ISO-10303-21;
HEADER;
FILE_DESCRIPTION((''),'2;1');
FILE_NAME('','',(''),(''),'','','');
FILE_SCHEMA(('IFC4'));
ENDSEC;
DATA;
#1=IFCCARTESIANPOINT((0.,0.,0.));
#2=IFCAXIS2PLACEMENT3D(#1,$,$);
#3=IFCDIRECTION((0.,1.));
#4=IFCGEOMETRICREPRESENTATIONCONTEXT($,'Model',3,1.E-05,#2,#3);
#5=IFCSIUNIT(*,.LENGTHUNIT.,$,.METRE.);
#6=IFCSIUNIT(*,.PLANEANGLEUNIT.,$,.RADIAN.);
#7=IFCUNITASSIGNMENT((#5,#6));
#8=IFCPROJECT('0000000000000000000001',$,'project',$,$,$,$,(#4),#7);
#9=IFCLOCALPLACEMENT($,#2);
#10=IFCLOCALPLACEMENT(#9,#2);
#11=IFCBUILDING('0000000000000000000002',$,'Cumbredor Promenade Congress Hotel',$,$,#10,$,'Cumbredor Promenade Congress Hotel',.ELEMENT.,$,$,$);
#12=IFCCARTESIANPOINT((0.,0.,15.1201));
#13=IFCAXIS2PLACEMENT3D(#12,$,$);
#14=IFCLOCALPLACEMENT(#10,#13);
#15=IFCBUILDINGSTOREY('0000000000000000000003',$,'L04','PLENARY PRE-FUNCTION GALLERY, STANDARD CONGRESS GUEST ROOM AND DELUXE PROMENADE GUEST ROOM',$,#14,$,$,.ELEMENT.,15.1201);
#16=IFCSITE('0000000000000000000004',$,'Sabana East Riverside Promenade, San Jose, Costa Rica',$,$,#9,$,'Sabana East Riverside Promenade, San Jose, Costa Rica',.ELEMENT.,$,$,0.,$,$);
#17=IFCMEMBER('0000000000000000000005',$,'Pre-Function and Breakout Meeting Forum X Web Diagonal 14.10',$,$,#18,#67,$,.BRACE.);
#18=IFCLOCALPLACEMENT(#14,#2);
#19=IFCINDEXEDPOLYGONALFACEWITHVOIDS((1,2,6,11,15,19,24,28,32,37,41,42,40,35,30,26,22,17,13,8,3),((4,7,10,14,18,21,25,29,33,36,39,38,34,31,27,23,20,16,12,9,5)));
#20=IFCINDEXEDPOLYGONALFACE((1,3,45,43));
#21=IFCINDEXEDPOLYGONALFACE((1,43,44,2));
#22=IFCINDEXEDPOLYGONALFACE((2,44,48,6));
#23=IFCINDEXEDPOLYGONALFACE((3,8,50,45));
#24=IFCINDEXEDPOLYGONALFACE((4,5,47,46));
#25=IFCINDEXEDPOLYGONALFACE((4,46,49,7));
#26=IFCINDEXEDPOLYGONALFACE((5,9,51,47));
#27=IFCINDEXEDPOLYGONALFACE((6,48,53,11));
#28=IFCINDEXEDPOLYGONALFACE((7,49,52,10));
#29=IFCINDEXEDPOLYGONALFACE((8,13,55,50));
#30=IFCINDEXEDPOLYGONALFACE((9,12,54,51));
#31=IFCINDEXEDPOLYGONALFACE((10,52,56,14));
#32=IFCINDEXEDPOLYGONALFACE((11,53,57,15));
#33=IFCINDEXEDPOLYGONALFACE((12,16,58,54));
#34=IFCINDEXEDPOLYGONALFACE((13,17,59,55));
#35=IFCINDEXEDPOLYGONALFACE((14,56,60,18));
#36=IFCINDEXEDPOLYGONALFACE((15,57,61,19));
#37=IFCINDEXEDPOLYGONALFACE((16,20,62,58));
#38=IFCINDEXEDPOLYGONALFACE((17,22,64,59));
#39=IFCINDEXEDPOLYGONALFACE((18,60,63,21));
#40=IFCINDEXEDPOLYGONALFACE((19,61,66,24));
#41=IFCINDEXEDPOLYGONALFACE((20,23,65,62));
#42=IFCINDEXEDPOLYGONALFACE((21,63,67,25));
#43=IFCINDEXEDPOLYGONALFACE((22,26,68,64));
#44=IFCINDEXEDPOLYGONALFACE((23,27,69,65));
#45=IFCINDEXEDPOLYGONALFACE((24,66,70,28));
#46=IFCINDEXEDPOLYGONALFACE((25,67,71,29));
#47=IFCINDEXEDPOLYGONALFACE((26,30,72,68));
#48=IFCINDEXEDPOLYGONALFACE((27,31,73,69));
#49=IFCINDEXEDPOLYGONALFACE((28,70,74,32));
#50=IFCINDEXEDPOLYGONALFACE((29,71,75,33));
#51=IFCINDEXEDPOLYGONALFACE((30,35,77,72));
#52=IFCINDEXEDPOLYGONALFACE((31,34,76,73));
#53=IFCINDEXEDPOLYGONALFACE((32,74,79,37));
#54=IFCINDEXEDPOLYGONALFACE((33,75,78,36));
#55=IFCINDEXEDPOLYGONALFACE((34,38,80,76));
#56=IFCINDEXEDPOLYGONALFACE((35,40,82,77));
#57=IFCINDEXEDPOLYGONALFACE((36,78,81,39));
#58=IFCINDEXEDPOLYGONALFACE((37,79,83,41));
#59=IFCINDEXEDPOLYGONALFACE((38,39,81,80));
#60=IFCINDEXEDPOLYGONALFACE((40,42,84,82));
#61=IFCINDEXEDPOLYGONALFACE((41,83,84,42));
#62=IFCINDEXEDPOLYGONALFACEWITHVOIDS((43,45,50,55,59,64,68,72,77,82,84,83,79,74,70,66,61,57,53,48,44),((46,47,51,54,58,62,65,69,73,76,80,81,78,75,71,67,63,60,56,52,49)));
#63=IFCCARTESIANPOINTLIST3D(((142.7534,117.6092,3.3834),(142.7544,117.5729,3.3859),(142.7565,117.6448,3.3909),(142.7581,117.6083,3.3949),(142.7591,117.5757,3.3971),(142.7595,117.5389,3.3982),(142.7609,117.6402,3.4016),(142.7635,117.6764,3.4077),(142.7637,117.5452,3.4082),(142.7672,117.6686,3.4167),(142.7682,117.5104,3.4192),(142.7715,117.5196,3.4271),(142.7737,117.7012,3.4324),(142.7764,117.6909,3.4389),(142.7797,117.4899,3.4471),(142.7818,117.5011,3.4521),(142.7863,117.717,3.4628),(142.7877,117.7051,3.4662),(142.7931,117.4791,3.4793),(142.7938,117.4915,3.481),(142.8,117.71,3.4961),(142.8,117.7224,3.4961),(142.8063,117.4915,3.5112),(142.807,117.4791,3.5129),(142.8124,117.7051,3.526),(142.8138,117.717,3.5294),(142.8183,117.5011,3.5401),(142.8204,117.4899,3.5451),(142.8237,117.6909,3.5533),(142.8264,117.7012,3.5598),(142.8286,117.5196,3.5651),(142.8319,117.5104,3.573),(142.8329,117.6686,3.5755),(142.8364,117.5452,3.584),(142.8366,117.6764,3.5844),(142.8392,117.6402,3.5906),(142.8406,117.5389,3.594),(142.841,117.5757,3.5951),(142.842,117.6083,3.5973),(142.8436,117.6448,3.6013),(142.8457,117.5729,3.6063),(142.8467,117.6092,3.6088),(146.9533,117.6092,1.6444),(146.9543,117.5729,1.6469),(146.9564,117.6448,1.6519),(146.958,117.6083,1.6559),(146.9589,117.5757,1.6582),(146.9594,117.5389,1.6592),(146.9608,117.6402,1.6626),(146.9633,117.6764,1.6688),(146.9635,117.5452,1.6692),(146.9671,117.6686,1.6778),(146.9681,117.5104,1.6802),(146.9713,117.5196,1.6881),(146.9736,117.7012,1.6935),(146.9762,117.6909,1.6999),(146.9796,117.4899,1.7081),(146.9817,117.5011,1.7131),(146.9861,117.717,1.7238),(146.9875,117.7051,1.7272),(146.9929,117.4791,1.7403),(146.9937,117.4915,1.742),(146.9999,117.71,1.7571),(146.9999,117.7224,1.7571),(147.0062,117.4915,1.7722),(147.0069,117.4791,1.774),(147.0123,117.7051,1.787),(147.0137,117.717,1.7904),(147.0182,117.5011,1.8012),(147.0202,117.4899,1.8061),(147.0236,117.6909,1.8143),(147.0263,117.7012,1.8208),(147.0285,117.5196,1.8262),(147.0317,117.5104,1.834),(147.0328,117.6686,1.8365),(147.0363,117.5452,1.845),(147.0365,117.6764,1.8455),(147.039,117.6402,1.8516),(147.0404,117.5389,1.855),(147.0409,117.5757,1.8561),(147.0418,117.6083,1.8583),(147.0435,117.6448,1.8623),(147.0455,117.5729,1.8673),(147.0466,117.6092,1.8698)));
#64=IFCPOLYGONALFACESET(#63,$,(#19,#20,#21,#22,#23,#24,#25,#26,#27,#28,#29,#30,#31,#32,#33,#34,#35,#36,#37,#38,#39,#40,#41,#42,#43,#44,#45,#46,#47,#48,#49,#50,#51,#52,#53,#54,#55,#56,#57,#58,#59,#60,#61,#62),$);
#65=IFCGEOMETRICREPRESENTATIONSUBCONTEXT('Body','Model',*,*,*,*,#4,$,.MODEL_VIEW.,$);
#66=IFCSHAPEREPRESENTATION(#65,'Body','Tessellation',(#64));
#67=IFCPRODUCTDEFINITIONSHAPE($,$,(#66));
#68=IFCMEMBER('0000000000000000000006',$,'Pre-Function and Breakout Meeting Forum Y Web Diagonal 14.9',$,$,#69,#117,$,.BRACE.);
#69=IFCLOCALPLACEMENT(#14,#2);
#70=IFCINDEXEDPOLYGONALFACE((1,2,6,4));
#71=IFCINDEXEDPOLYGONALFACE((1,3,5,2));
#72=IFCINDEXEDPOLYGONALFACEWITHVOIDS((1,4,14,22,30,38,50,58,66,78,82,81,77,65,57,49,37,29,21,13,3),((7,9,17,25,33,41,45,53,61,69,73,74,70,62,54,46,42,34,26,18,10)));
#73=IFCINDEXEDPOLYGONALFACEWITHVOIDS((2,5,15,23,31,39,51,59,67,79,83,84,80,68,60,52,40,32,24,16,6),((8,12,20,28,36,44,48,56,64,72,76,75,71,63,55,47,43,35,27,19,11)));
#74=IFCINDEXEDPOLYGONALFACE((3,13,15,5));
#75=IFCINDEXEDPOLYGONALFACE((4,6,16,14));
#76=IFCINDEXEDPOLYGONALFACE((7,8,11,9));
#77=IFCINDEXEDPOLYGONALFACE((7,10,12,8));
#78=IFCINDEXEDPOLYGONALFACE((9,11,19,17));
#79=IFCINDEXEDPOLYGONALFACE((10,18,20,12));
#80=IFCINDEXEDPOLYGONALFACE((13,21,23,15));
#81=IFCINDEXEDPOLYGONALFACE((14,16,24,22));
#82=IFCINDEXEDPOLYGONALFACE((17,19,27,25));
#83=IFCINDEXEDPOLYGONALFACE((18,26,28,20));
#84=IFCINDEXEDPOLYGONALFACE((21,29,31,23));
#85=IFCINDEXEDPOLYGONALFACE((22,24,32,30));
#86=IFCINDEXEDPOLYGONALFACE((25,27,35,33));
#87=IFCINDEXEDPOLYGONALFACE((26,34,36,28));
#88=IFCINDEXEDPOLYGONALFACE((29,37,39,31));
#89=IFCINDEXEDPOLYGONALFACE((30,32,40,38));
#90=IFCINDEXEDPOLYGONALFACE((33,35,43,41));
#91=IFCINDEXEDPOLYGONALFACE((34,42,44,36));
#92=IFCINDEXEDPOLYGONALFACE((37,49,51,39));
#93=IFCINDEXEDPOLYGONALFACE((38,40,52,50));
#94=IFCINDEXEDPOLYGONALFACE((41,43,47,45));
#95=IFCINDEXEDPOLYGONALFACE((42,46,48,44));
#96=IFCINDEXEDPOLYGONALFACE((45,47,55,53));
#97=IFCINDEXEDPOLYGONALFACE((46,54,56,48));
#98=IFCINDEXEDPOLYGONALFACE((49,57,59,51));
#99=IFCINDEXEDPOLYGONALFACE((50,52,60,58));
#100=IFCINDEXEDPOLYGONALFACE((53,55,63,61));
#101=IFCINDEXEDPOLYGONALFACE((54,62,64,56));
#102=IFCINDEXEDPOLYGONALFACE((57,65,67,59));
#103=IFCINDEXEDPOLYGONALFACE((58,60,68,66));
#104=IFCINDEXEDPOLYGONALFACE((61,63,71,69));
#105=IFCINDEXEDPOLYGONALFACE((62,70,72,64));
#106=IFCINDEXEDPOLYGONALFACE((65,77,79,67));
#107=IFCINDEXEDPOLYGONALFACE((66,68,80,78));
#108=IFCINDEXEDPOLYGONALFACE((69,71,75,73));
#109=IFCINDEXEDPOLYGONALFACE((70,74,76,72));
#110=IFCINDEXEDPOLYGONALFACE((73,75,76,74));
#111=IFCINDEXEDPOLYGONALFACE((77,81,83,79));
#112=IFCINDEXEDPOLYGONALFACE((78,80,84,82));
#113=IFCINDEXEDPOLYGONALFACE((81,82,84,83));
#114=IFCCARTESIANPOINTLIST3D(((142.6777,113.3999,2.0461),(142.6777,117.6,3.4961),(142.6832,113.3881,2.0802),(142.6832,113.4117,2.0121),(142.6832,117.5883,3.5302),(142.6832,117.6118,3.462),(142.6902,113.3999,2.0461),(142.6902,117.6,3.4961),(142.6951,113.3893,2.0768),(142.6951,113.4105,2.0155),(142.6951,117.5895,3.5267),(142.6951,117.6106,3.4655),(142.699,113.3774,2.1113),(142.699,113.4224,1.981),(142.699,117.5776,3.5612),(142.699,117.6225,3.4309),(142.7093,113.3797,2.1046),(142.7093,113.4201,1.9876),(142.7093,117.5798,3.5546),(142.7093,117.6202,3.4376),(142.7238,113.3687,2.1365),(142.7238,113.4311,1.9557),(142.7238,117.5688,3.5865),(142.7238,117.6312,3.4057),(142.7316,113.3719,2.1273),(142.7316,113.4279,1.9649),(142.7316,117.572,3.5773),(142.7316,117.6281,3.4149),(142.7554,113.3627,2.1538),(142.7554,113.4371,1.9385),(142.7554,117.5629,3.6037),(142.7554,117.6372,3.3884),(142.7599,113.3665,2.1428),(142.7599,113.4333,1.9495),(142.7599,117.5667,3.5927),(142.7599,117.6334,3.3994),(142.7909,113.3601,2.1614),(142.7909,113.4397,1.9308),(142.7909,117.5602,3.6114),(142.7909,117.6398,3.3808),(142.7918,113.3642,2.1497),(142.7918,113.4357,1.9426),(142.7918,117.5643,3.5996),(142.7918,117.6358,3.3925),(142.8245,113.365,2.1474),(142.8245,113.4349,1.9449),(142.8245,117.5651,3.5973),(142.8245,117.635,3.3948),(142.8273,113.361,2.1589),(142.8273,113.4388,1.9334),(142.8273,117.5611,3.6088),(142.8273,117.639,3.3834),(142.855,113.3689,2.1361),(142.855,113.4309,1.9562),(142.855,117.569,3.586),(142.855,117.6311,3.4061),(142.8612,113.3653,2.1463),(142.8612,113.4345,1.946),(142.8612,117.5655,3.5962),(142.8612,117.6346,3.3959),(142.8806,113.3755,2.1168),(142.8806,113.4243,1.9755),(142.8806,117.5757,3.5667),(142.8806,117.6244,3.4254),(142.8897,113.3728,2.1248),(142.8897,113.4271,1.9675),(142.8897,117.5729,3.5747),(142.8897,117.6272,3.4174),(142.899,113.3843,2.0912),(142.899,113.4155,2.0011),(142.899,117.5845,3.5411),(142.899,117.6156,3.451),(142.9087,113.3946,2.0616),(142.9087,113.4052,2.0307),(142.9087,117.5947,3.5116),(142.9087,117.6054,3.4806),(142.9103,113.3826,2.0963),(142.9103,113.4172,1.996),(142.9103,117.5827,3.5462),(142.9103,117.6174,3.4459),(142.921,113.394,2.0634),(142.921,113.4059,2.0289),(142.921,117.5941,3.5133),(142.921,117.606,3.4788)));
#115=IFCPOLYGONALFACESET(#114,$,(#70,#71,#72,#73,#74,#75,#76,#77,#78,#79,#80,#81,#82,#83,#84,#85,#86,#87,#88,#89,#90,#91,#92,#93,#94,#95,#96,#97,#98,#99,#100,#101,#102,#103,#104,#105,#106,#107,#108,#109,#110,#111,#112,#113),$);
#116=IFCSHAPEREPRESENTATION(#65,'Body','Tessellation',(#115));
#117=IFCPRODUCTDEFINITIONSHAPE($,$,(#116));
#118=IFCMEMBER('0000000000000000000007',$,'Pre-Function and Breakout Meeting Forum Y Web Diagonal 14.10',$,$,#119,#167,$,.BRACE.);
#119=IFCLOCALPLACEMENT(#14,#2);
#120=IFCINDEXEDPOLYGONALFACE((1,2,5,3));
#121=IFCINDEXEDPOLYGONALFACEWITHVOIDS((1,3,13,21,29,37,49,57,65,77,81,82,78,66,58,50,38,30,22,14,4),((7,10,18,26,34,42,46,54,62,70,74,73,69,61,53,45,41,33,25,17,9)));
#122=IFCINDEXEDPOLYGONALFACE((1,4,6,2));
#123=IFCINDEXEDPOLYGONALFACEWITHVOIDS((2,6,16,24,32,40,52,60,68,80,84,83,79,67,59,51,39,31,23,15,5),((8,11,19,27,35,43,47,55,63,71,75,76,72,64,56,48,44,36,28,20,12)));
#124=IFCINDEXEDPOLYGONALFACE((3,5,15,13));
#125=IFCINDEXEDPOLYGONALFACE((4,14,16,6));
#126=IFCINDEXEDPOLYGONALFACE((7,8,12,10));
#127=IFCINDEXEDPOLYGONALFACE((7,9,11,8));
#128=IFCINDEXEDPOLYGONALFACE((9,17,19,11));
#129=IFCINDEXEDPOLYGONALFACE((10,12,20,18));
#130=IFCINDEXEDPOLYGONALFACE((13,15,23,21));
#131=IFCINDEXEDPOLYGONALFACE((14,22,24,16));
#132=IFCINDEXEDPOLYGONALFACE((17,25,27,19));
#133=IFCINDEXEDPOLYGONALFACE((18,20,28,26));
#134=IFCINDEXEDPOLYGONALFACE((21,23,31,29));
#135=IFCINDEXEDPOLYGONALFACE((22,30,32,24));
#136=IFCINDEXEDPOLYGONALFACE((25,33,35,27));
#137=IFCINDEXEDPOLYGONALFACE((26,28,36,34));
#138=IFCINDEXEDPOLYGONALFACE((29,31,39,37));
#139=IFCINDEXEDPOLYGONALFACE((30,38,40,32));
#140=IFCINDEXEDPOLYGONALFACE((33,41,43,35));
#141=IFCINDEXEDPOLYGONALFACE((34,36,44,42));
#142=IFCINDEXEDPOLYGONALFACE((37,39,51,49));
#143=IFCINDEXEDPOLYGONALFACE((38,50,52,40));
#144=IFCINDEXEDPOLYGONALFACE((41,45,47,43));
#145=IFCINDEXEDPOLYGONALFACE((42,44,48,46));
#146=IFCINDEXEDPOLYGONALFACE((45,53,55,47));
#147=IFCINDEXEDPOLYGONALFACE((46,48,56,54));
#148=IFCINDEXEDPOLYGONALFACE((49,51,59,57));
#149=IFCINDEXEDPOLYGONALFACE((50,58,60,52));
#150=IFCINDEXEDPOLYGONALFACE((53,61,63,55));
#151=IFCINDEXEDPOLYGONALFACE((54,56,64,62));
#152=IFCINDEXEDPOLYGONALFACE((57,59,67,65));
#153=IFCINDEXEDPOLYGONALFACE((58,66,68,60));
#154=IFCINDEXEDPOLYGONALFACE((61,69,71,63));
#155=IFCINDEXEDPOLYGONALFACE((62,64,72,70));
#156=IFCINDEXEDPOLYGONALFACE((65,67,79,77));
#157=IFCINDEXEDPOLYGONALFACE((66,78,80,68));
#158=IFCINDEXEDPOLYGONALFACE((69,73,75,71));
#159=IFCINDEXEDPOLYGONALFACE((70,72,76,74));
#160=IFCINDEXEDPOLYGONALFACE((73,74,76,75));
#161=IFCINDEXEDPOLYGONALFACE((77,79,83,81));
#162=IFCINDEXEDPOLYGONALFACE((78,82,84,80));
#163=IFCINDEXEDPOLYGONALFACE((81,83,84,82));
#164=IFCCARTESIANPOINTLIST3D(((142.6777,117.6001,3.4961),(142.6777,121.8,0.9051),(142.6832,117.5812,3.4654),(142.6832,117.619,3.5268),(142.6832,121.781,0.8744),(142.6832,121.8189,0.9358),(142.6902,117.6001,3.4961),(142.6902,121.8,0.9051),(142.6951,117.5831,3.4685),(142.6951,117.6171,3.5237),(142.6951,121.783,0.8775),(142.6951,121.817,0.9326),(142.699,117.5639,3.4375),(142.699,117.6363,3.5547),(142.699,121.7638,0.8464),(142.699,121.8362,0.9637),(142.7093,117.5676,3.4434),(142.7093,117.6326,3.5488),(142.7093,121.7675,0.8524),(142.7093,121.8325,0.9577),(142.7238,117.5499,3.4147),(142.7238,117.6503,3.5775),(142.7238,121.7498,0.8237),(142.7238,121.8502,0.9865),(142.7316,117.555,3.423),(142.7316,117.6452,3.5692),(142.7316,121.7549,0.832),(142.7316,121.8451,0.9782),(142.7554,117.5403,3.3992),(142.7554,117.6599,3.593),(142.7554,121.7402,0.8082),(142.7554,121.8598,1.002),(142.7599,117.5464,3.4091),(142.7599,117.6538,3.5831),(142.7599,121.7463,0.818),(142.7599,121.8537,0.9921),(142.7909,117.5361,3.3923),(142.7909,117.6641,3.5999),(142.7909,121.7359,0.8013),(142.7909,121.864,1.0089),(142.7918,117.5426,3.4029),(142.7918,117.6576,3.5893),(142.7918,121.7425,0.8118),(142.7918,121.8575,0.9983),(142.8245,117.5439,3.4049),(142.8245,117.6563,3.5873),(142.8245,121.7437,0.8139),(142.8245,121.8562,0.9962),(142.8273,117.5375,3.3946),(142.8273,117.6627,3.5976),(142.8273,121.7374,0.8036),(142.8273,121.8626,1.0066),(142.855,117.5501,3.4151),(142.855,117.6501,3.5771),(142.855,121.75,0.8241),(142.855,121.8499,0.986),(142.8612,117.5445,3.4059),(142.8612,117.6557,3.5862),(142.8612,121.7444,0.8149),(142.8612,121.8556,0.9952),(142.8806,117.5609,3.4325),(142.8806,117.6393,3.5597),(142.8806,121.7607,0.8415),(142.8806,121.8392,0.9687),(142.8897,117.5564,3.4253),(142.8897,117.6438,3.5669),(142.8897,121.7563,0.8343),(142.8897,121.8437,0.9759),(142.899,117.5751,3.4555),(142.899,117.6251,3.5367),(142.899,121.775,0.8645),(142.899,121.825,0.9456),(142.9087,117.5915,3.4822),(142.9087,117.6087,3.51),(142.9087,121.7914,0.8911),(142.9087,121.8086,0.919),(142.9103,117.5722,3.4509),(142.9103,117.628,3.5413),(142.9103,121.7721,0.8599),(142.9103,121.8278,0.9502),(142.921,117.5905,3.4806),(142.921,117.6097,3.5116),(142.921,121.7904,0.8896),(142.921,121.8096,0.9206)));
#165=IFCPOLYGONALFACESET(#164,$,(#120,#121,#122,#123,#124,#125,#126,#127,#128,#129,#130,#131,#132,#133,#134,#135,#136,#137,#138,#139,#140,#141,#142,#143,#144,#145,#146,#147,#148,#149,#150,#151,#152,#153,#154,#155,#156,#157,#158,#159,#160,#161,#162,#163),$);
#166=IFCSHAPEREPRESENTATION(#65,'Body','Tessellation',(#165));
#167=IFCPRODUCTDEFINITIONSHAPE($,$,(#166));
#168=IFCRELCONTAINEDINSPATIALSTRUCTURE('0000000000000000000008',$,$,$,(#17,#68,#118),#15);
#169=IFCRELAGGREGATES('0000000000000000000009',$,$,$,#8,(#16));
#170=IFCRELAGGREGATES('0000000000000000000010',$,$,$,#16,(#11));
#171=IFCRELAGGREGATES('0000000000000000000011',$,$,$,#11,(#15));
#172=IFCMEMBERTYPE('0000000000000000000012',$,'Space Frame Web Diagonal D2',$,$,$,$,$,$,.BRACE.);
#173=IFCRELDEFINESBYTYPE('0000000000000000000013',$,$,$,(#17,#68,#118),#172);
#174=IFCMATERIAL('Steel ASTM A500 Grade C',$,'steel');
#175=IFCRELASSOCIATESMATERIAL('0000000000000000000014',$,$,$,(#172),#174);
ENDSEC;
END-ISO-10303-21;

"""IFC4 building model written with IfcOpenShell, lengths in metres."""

from ifc_helpers import new_model, si_unit, direction, frame, origin, origin_2d, place, context, subcontext, project, spatial, hollow_circle, extrude, material, material_profile, profile_set, type_object, element, save


model = new_model("IFC4")

# Units and contexts
model_context = context("Model", 3, precision=1e-05, world=origin(), true_north=direction((0.0, 1.0)))
body_context = subcontext(model_context, "Body", "Model", "MODEL_VIEW")
ifc_project = project(units=[si_unit("LENGTHUNIT", "METRE"), si_unit("PLANEANGLEUNIT", "RADIAN")], contexts=[model_context])

# Site, building, storey
site_placement = place(None, origin())
site = spatial("IfcSite", under=ifc_project, at=site_placement, Name="Sabana East Riverside Promenade, San Jose, Costa Rica", LongName="Sabana East Riverside Promenade, San Jose, Costa Rica", CompositionType="ELEMENT", RefElevation=0.0)
building_placement = place(site_placement, origin())
building = spatial("IfcBuilding", under=site, at=building_placement, Name="Cumbredor Promenade Congress Hotel", LongName="Cumbredor Promenade Congress Hotel", CompositionType="ELEMENT")
storey_placement = place(building_placement, frame((0.0, 0.0, 15.1201)))
storey = spatial("IfcBuildingStorey", under=building, at=storey_placement, Name="L04", Description="PLENARY PRE-FUNCTION GALLERY, STANDARD CONGRESS GUEST ROOM AND DELUXE PROMENADE GUEST ROOM", CompositionType="ELEMENT", Elevation=15.1201)

# Members
ifc_material_1 = material(Name="Steel ASTM A500 Grade C", Category="steel")
ifc_material_profile_1 = material_profile(ifc_material_1, hollow_circle(Radius=0.1223, WallThickness=0.0125, at=origin_2d()), Name="CHS 244.5x12.5")
ifc_profile_set_1 = profile_set([ifc_material_profile_1], Name="Steel ASTM A500 Grade C")
member_type_1 = type_object("IfcMemberType", Name="Space Frame Web Diagonal D2", PredefinedType="BRACE", material=ifc_profile_set_1)
member_1_placement = place(storey_placement, frame((142.8, 117.6001, 3.4961), z_axis=(0.923931, 0.0, -0.382559), x_axis=(0.0, 1.0, 0.0)))
element("IfcMember", 1, at=member_1_placement, inside=storey, type_object=member_type_1, Name="Pre-Function and Breakout Meeting Forum X Web Diagonal 14.10", PredefinedType="BRACE", context=body_context, shape_type="SweptSolid", body=[
    extrude(hollow_circle(Radius=0.1223, WallThickness=0.0125, at=origin_2d()), origin(), (0.0, 0.0, 1.0), 4.5457),
])
member_2_placement = place(storey_placement, frame((142.8, 113.3999, 2.0461), z_axis=(0.0, 0.945261, 0.326314), x_axis=(-1.0, 0.0, 0.0)))
element("IfcMember", 2, at=member_2_placement, inside=storey, type_object=member_type_1, Name="Pre-Function and Breakout Meeting Forum Y Web Diagonal 14.9", PredefinedType="BRACE", context=body_context, shape_type="SweptSolid", body=[
    extrude(hollow_circle(Radius=0.1223, WallThickness=0.0125, at=origin_2d()), origin(), (0.0, 0.0, 1.0), 4.4434),
])
member_3_placement = place(storey_placement, frame((142.8, 117.6001, 3.4961), z_axis=(0.0, 0.851072, -0.525049), x_axis=(-1.0, 0.0, 0.0)))
element("IfcMember", 3, at=member_3_placement, inside=storey, type_object=member_type_1, Name="Pre-Function and Breakout Meeting Forum Y Web Diagonal 14.10", PredefinedType="BRACE", context=body_context, shape_type="SweptSolid", body=[
    extrude(hollow_circle(Radius=0.1223, WallThickness=0.0125, at=origin_2d()), origin(), (0.0, 0.0, 1.0), 4.9348),
])

save(model, "model.ifc")
